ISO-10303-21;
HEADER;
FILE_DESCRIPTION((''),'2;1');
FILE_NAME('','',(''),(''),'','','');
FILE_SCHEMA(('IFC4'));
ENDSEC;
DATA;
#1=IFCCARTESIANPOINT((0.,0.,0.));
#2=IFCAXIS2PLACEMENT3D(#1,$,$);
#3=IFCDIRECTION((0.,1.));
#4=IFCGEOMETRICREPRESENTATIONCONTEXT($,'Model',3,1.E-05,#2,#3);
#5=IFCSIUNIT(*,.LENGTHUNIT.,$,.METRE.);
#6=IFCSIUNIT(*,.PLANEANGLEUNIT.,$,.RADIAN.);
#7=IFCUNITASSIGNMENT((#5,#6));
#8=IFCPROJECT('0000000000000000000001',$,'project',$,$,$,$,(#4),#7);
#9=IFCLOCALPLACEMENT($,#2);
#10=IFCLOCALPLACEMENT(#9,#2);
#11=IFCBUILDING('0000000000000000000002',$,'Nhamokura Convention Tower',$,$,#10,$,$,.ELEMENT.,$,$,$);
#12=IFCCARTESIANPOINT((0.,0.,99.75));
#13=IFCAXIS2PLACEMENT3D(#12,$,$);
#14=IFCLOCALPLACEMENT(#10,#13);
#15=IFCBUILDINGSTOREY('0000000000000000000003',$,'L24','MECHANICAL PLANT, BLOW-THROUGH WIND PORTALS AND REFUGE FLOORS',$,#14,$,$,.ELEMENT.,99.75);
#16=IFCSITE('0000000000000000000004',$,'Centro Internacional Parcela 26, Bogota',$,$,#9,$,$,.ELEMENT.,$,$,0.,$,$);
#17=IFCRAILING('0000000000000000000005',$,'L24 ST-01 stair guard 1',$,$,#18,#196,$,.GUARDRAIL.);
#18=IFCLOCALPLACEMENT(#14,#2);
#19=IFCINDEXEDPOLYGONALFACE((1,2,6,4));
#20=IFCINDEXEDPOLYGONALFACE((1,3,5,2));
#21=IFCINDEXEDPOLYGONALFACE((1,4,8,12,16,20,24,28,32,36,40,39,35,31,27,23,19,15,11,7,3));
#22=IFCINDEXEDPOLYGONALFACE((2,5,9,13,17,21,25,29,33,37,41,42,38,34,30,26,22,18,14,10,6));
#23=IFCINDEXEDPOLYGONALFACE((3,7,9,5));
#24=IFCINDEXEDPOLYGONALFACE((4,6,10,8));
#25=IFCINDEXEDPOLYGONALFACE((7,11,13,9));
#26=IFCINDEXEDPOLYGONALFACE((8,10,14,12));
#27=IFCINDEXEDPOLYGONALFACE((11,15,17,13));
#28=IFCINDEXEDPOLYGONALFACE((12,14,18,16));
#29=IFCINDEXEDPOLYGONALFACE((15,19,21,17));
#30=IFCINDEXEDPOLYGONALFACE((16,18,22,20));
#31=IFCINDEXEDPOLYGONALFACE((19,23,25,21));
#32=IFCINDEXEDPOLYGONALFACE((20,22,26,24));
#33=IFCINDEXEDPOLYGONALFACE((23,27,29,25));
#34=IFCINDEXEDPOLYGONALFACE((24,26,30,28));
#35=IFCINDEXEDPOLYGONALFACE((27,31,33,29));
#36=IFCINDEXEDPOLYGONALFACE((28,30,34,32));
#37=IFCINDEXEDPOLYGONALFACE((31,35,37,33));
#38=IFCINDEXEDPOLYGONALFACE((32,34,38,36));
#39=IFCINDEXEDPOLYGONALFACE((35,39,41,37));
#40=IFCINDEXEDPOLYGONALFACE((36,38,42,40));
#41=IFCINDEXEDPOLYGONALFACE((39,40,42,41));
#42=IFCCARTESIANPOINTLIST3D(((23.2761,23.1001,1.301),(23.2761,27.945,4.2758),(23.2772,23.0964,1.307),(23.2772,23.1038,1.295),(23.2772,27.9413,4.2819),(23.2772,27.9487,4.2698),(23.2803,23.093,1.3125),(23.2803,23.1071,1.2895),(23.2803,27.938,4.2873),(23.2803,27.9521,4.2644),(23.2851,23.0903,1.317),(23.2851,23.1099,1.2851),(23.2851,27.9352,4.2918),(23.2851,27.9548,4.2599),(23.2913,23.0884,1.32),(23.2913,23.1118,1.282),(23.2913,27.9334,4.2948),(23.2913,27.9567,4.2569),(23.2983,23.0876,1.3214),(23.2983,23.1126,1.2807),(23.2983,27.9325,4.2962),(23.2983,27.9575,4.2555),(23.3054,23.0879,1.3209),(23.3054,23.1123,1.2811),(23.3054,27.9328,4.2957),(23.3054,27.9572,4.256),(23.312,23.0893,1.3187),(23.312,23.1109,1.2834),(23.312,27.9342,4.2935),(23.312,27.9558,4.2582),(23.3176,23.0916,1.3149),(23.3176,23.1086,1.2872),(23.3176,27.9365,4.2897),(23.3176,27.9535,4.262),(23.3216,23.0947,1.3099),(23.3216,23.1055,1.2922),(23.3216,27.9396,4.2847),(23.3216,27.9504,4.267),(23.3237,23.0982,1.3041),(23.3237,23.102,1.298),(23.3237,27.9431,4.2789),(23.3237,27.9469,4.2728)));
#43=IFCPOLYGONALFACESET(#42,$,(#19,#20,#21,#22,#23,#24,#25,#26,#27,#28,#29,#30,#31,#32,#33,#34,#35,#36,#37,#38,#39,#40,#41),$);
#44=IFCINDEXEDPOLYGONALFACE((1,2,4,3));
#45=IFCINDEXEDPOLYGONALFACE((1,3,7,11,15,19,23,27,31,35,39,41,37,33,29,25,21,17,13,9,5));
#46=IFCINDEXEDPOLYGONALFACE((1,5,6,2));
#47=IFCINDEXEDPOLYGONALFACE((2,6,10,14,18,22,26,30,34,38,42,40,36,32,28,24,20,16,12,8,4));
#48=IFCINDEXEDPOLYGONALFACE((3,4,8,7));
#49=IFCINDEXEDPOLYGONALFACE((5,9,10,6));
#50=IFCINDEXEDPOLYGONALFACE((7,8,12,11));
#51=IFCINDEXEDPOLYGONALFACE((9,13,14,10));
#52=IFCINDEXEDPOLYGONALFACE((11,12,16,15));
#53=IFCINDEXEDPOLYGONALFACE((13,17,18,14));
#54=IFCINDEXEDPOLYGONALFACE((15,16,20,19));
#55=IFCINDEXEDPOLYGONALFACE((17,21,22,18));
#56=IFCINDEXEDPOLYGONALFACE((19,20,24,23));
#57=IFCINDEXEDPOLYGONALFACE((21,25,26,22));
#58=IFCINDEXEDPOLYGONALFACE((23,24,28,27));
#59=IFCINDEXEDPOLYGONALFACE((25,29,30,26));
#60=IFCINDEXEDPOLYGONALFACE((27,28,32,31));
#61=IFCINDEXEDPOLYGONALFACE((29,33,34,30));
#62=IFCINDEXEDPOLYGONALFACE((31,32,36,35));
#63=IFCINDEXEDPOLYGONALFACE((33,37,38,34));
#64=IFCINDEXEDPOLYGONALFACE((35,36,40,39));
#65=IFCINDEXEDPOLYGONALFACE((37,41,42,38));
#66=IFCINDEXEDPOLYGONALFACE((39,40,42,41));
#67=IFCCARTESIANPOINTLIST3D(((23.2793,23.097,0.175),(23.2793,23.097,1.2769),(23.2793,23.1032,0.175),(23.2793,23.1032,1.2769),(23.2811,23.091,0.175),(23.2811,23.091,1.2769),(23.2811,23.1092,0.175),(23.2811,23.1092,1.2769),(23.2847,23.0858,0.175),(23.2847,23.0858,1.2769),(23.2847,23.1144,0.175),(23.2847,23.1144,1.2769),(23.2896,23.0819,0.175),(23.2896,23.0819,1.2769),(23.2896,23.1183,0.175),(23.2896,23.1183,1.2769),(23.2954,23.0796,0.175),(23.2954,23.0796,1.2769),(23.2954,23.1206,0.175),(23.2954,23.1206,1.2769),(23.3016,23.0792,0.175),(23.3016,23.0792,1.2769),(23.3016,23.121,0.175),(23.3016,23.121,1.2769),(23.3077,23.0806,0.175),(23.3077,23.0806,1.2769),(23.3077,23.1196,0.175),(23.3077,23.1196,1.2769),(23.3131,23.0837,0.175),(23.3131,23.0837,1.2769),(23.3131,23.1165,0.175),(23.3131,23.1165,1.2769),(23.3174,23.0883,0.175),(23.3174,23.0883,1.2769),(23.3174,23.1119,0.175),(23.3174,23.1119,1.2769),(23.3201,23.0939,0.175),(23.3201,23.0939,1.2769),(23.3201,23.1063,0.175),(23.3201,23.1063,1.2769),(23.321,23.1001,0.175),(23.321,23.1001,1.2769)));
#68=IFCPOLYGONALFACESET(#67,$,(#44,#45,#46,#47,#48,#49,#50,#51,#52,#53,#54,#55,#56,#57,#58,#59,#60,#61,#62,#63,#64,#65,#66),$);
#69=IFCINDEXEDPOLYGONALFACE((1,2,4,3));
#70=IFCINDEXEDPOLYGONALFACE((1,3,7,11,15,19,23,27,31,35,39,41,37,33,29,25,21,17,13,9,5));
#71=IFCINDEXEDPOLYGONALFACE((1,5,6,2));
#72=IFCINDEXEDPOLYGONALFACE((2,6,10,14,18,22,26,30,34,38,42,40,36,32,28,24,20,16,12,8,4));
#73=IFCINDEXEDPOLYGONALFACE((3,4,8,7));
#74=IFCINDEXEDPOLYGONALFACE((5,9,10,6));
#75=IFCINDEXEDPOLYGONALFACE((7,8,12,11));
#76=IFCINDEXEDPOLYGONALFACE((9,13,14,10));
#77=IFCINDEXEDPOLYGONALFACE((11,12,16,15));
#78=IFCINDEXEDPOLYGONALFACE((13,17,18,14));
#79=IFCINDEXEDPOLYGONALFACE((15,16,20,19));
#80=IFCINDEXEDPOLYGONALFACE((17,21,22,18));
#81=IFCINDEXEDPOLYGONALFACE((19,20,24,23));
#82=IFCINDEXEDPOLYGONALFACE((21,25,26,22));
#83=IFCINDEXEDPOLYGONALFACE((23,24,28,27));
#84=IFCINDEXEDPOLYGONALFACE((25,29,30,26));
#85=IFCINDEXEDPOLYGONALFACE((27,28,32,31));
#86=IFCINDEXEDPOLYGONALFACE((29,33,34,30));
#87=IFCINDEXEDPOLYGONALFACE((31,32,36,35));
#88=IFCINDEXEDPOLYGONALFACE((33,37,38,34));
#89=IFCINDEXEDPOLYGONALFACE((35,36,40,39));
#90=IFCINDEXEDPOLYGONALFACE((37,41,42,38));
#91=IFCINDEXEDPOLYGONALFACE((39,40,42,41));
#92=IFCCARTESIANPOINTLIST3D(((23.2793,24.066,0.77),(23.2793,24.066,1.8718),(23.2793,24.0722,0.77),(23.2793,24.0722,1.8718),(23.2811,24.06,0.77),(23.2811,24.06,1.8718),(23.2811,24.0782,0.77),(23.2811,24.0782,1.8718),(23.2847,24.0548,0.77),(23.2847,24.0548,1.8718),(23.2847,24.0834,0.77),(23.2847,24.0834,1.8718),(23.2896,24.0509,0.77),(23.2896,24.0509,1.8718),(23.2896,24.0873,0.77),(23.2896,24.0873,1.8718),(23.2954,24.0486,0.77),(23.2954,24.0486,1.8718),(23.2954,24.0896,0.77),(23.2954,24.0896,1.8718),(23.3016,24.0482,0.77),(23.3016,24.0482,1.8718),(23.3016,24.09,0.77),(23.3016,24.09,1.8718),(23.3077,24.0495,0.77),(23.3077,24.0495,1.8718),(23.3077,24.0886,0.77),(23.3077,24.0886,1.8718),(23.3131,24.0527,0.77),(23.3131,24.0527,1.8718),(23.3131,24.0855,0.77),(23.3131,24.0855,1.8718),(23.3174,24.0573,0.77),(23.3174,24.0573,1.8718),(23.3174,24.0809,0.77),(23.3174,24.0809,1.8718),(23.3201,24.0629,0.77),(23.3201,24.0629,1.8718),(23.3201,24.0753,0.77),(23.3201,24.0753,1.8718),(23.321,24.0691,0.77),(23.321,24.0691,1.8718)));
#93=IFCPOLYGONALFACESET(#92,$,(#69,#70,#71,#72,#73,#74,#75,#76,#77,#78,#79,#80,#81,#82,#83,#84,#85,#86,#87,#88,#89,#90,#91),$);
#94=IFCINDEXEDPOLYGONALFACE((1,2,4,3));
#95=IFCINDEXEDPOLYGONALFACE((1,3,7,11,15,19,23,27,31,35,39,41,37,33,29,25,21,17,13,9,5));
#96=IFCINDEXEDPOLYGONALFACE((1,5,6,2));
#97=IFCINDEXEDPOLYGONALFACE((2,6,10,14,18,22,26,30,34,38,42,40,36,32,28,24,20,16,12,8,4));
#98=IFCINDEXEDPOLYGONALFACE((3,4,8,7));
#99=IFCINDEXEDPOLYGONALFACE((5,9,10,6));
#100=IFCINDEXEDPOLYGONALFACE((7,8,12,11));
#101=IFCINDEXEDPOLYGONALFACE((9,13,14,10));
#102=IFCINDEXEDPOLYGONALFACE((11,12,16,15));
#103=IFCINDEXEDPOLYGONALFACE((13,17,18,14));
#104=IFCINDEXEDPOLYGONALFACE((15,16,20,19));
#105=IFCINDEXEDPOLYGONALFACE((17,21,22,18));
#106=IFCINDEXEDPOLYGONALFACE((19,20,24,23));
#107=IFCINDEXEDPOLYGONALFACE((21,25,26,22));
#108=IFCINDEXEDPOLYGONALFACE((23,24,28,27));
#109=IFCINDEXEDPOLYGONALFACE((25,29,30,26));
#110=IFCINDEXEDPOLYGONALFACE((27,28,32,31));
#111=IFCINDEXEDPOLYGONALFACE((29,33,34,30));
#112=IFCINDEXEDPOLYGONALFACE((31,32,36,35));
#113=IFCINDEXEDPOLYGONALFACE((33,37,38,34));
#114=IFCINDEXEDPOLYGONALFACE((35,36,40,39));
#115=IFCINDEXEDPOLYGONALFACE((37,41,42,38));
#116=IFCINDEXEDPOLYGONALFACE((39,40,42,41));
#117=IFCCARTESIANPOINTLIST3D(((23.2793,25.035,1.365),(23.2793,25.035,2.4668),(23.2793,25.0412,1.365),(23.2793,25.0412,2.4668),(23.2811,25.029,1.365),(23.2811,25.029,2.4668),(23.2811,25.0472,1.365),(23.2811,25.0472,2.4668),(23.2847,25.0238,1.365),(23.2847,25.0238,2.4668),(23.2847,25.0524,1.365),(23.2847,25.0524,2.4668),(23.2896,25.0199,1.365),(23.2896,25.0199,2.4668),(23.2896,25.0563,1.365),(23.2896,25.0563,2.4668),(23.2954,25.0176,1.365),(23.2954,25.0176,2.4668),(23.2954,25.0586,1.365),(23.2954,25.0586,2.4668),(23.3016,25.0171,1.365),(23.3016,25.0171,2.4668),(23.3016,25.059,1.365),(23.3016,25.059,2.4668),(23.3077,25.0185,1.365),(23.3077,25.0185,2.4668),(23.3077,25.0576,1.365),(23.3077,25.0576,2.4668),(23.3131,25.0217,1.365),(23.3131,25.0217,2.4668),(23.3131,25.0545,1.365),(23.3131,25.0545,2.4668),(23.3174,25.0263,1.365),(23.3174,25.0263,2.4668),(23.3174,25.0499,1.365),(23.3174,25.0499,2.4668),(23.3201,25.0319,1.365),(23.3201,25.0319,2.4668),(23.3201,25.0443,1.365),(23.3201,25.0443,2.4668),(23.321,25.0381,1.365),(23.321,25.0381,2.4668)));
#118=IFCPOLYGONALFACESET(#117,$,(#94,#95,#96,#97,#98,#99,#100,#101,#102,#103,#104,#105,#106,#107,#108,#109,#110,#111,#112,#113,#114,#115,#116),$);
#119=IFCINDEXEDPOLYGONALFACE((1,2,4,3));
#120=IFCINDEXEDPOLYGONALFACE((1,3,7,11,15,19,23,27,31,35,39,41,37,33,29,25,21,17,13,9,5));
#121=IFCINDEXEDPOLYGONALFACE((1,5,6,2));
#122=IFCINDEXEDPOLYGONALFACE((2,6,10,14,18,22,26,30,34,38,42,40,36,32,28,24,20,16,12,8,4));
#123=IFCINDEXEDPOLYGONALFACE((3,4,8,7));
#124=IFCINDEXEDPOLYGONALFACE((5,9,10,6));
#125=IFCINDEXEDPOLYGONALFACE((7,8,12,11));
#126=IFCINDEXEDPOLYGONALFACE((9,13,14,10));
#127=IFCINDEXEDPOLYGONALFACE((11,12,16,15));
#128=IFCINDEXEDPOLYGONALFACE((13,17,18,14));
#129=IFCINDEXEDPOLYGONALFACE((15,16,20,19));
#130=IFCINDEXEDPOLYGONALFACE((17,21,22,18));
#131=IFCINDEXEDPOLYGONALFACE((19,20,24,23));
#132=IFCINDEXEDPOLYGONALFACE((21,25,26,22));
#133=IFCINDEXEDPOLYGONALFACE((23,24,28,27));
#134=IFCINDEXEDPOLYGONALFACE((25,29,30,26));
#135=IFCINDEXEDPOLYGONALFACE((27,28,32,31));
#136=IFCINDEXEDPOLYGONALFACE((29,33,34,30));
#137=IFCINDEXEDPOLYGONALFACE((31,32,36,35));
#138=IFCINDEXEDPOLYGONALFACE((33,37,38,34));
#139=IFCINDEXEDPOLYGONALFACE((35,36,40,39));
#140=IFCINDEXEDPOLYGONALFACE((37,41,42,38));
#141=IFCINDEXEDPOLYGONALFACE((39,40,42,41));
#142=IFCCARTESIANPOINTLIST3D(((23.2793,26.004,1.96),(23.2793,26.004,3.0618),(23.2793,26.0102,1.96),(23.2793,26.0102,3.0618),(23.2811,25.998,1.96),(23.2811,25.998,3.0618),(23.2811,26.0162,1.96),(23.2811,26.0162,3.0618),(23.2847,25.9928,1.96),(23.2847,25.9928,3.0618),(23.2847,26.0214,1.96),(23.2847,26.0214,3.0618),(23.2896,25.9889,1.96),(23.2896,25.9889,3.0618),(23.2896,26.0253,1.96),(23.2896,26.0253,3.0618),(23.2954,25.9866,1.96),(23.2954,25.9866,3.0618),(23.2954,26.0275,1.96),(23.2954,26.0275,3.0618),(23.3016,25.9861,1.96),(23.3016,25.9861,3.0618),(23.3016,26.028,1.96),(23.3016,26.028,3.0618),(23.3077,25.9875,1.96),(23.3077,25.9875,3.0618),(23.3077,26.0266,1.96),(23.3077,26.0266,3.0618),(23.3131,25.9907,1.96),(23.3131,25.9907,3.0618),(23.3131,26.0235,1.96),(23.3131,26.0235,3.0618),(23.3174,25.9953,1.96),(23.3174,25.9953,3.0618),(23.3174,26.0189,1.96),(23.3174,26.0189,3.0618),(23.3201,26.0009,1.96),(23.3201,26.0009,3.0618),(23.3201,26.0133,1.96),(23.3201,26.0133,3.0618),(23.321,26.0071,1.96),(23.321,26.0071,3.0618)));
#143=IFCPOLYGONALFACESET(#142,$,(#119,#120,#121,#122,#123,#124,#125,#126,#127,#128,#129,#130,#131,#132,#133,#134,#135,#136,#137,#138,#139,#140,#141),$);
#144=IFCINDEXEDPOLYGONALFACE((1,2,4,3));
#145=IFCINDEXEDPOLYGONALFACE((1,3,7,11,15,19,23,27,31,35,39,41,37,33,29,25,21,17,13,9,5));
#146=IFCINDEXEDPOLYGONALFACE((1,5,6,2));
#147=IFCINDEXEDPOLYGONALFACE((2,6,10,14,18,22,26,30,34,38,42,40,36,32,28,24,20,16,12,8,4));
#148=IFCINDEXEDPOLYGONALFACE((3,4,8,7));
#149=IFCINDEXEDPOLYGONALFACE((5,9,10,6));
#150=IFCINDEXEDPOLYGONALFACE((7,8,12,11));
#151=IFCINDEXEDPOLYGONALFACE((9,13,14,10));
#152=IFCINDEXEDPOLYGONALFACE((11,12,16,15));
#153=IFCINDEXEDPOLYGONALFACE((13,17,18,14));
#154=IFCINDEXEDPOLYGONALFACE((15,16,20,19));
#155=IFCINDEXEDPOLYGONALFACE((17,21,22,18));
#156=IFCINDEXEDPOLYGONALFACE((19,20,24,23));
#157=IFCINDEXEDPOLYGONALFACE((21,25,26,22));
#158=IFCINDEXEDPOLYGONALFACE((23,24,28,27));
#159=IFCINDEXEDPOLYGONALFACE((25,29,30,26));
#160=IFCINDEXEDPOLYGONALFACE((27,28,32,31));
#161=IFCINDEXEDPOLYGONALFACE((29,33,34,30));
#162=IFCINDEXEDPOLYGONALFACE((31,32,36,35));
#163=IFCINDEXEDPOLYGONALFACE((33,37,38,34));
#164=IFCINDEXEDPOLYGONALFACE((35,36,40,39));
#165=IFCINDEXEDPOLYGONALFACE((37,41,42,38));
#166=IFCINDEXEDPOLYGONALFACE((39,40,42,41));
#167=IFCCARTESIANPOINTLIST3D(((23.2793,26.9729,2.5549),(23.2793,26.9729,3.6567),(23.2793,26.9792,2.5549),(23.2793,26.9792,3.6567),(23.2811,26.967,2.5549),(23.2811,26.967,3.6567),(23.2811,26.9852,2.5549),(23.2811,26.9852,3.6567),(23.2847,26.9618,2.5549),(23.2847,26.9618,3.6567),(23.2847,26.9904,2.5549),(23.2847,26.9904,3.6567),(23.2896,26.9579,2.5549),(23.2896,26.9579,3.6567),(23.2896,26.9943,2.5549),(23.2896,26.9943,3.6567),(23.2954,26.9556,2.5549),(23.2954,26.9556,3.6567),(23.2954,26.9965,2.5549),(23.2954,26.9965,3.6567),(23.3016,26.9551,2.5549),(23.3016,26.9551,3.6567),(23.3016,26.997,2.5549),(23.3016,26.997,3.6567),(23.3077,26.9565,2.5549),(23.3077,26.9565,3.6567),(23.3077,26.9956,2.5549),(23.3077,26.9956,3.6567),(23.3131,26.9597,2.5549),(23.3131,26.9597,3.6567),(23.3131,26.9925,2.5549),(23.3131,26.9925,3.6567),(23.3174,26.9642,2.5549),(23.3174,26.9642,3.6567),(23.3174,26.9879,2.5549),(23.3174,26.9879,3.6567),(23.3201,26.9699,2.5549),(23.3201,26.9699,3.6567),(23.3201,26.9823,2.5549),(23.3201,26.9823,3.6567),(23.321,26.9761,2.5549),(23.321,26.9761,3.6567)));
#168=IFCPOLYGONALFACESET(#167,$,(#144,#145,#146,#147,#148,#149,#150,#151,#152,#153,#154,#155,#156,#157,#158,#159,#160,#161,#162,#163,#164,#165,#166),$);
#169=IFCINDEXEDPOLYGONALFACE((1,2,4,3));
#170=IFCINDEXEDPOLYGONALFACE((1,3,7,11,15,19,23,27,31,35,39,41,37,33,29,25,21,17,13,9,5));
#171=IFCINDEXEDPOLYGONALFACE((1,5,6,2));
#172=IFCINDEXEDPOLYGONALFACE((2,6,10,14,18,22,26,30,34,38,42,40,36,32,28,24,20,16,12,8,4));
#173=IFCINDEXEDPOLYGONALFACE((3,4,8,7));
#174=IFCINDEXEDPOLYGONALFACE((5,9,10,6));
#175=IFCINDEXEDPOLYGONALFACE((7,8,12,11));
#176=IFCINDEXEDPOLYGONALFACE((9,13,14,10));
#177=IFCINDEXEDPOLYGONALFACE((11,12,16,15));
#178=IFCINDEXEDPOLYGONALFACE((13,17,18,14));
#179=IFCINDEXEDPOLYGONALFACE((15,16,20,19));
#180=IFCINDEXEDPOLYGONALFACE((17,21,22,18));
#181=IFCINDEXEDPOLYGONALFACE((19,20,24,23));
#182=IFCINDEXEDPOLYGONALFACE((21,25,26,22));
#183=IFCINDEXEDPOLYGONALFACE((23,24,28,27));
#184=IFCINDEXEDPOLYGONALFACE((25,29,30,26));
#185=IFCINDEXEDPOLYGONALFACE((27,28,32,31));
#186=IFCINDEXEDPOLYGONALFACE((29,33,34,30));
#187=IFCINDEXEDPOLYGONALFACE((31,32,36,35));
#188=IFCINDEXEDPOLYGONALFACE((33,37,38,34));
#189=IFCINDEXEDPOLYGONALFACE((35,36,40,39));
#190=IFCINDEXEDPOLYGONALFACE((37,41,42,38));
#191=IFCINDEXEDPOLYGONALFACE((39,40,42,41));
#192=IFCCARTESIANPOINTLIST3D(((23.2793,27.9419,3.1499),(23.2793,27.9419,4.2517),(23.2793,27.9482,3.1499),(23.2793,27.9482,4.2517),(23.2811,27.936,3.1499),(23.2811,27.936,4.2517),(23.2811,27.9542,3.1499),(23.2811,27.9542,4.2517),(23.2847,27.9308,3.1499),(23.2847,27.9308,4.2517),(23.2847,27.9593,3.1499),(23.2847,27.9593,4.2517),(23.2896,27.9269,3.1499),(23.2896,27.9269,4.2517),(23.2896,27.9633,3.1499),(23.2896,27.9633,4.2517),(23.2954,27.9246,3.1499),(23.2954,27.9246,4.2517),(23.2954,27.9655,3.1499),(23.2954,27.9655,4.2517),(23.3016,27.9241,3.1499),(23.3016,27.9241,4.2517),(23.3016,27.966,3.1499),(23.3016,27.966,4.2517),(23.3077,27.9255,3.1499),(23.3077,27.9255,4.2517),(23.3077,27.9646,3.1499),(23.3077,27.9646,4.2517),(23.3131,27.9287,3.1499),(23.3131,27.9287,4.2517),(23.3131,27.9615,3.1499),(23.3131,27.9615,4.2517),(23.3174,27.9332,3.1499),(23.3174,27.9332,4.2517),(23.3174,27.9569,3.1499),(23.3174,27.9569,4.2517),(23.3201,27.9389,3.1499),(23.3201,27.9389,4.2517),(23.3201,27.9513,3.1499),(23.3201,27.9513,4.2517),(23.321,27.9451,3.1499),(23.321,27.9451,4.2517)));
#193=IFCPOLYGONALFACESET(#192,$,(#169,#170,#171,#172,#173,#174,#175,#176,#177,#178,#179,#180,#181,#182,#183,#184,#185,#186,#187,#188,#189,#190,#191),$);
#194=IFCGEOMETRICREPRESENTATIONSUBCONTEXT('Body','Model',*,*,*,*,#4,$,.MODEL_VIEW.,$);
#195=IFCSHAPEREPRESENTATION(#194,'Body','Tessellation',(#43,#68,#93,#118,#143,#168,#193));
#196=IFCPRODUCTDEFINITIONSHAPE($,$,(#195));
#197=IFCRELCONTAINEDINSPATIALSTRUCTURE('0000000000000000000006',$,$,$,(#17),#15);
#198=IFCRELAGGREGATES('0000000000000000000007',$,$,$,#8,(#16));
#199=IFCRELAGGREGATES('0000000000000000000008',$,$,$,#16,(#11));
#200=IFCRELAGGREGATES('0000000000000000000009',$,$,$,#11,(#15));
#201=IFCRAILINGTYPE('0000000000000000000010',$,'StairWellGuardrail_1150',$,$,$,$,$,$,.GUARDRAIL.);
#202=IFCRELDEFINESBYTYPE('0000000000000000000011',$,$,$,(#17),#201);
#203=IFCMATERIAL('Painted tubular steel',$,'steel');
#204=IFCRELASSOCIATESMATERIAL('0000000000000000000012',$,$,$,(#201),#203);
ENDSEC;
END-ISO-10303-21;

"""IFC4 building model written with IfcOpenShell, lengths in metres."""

from ifc_helpers import new_model, si_unit, direction, frame, origin, origin_2d, place, context, subcontext, project, spatial, circle, extrude, material, type_object, element, save


model = new_model("IFC4")

# Units and contexts
model_context = context("Model", 3, precision=1e-05, world=origin(), true_north=direction((0.0, 1.0)))
body_context = subcontext(model_context, "Body", "Model", "MODEL_VIEW")
ifc_project = project(units=[si_unit("LENGTHUNIT", "METRE"), si_unit("PLANEANGLEUNIT", "RADIAN")], contexts=[model_context])

# Site, building, storey
site_placement = place(None, origin())
site = spatial("IfcSite", under=ifc_project, at=site_placement, Name="Centro Internacional Parcela 26, Bogota", CompositionType="ELEMENT", RefElevation=0.0)
building_placement = place(site_placement, origin())
building = spatial("IfcBuilding", under=site, at=building_placement, Name="Nhamokura Convention Tower", CompositionType="ELEMENT")
storey_placement = place(building_placement, frame((0.0, 0.0, 99.75)))
storey = spatial("IfcBuildingStorey", under=building, at=storey_placement, Name="L24", Description="MECHANICAL PLANT, BLOW-THROUGH WIND PORTALS AND REFUGE FLOORS", CompositionType="ELEMENT", Elevation=99.75)

# Railing
ifc_material_1 = material(Name="Painted tubular steel", Category="steel")
railing_type_1 = type_object("IfcRailingType", Name="StairWellGuardrail_1150", PredefinedType="GUARDRAIL", material=ifc_material_1)
railing_1_placement = place(storey_placement, frame((23.3, 23.1001, 0.175)))
element("IfcRailing", 1, at=railing_1_placement, inside=storey, type_object=railing_type_1, Name="L24 ST-01 stair guard 1", PredefinedType="GUARDRAIL", context=body_context, shape_type="SweptSolid", body=[
    extrude(circle(Radius=0.0239, at=origin_2d()), frame((0.0, 0.0, 1.126), z_axis=(0.0, 0.852181, 0.523247), x_axis=(-1.0, 0.0, 0.0)), (0.0, 0.0, 1.0), 5.6853),
    extrude(circle(Radius=0.021, at=origin_2d()), origin(), (0.0, 0.0, 1.0), 1.1018),
    extrude(circle(Radius=0.021, at=origin_2d()), frame((0.0, 0.969, 0.595)), (0.0, 0.0, 1.0), 1.1018),
    extrude(circle(Radius=0.021, at=origin_2d()), frame((0.0, 1.938, 1.1899)), (0.0, 0.0, 1.0), 1.1018),
    extrude(circle(Radius=0.021, at=origin_2d()), frame((0.0, 2.907, 1.7849)), (0.0, 0.0, 1.0), 1.1018),
    extrude(circle(Radius=0.021, at=origin_2d()), frame((0.0, 3.876, 2.3799)), (0.0, 0.0, 1.0), 1.1018),
    extrude(circle(Radius=0.021, at=origin_2d()), frame((0.0, 4.845, 2.9749)), (0.0, 0.0, 1.0), 1.1018),
])

save(model, "model.ifc")
